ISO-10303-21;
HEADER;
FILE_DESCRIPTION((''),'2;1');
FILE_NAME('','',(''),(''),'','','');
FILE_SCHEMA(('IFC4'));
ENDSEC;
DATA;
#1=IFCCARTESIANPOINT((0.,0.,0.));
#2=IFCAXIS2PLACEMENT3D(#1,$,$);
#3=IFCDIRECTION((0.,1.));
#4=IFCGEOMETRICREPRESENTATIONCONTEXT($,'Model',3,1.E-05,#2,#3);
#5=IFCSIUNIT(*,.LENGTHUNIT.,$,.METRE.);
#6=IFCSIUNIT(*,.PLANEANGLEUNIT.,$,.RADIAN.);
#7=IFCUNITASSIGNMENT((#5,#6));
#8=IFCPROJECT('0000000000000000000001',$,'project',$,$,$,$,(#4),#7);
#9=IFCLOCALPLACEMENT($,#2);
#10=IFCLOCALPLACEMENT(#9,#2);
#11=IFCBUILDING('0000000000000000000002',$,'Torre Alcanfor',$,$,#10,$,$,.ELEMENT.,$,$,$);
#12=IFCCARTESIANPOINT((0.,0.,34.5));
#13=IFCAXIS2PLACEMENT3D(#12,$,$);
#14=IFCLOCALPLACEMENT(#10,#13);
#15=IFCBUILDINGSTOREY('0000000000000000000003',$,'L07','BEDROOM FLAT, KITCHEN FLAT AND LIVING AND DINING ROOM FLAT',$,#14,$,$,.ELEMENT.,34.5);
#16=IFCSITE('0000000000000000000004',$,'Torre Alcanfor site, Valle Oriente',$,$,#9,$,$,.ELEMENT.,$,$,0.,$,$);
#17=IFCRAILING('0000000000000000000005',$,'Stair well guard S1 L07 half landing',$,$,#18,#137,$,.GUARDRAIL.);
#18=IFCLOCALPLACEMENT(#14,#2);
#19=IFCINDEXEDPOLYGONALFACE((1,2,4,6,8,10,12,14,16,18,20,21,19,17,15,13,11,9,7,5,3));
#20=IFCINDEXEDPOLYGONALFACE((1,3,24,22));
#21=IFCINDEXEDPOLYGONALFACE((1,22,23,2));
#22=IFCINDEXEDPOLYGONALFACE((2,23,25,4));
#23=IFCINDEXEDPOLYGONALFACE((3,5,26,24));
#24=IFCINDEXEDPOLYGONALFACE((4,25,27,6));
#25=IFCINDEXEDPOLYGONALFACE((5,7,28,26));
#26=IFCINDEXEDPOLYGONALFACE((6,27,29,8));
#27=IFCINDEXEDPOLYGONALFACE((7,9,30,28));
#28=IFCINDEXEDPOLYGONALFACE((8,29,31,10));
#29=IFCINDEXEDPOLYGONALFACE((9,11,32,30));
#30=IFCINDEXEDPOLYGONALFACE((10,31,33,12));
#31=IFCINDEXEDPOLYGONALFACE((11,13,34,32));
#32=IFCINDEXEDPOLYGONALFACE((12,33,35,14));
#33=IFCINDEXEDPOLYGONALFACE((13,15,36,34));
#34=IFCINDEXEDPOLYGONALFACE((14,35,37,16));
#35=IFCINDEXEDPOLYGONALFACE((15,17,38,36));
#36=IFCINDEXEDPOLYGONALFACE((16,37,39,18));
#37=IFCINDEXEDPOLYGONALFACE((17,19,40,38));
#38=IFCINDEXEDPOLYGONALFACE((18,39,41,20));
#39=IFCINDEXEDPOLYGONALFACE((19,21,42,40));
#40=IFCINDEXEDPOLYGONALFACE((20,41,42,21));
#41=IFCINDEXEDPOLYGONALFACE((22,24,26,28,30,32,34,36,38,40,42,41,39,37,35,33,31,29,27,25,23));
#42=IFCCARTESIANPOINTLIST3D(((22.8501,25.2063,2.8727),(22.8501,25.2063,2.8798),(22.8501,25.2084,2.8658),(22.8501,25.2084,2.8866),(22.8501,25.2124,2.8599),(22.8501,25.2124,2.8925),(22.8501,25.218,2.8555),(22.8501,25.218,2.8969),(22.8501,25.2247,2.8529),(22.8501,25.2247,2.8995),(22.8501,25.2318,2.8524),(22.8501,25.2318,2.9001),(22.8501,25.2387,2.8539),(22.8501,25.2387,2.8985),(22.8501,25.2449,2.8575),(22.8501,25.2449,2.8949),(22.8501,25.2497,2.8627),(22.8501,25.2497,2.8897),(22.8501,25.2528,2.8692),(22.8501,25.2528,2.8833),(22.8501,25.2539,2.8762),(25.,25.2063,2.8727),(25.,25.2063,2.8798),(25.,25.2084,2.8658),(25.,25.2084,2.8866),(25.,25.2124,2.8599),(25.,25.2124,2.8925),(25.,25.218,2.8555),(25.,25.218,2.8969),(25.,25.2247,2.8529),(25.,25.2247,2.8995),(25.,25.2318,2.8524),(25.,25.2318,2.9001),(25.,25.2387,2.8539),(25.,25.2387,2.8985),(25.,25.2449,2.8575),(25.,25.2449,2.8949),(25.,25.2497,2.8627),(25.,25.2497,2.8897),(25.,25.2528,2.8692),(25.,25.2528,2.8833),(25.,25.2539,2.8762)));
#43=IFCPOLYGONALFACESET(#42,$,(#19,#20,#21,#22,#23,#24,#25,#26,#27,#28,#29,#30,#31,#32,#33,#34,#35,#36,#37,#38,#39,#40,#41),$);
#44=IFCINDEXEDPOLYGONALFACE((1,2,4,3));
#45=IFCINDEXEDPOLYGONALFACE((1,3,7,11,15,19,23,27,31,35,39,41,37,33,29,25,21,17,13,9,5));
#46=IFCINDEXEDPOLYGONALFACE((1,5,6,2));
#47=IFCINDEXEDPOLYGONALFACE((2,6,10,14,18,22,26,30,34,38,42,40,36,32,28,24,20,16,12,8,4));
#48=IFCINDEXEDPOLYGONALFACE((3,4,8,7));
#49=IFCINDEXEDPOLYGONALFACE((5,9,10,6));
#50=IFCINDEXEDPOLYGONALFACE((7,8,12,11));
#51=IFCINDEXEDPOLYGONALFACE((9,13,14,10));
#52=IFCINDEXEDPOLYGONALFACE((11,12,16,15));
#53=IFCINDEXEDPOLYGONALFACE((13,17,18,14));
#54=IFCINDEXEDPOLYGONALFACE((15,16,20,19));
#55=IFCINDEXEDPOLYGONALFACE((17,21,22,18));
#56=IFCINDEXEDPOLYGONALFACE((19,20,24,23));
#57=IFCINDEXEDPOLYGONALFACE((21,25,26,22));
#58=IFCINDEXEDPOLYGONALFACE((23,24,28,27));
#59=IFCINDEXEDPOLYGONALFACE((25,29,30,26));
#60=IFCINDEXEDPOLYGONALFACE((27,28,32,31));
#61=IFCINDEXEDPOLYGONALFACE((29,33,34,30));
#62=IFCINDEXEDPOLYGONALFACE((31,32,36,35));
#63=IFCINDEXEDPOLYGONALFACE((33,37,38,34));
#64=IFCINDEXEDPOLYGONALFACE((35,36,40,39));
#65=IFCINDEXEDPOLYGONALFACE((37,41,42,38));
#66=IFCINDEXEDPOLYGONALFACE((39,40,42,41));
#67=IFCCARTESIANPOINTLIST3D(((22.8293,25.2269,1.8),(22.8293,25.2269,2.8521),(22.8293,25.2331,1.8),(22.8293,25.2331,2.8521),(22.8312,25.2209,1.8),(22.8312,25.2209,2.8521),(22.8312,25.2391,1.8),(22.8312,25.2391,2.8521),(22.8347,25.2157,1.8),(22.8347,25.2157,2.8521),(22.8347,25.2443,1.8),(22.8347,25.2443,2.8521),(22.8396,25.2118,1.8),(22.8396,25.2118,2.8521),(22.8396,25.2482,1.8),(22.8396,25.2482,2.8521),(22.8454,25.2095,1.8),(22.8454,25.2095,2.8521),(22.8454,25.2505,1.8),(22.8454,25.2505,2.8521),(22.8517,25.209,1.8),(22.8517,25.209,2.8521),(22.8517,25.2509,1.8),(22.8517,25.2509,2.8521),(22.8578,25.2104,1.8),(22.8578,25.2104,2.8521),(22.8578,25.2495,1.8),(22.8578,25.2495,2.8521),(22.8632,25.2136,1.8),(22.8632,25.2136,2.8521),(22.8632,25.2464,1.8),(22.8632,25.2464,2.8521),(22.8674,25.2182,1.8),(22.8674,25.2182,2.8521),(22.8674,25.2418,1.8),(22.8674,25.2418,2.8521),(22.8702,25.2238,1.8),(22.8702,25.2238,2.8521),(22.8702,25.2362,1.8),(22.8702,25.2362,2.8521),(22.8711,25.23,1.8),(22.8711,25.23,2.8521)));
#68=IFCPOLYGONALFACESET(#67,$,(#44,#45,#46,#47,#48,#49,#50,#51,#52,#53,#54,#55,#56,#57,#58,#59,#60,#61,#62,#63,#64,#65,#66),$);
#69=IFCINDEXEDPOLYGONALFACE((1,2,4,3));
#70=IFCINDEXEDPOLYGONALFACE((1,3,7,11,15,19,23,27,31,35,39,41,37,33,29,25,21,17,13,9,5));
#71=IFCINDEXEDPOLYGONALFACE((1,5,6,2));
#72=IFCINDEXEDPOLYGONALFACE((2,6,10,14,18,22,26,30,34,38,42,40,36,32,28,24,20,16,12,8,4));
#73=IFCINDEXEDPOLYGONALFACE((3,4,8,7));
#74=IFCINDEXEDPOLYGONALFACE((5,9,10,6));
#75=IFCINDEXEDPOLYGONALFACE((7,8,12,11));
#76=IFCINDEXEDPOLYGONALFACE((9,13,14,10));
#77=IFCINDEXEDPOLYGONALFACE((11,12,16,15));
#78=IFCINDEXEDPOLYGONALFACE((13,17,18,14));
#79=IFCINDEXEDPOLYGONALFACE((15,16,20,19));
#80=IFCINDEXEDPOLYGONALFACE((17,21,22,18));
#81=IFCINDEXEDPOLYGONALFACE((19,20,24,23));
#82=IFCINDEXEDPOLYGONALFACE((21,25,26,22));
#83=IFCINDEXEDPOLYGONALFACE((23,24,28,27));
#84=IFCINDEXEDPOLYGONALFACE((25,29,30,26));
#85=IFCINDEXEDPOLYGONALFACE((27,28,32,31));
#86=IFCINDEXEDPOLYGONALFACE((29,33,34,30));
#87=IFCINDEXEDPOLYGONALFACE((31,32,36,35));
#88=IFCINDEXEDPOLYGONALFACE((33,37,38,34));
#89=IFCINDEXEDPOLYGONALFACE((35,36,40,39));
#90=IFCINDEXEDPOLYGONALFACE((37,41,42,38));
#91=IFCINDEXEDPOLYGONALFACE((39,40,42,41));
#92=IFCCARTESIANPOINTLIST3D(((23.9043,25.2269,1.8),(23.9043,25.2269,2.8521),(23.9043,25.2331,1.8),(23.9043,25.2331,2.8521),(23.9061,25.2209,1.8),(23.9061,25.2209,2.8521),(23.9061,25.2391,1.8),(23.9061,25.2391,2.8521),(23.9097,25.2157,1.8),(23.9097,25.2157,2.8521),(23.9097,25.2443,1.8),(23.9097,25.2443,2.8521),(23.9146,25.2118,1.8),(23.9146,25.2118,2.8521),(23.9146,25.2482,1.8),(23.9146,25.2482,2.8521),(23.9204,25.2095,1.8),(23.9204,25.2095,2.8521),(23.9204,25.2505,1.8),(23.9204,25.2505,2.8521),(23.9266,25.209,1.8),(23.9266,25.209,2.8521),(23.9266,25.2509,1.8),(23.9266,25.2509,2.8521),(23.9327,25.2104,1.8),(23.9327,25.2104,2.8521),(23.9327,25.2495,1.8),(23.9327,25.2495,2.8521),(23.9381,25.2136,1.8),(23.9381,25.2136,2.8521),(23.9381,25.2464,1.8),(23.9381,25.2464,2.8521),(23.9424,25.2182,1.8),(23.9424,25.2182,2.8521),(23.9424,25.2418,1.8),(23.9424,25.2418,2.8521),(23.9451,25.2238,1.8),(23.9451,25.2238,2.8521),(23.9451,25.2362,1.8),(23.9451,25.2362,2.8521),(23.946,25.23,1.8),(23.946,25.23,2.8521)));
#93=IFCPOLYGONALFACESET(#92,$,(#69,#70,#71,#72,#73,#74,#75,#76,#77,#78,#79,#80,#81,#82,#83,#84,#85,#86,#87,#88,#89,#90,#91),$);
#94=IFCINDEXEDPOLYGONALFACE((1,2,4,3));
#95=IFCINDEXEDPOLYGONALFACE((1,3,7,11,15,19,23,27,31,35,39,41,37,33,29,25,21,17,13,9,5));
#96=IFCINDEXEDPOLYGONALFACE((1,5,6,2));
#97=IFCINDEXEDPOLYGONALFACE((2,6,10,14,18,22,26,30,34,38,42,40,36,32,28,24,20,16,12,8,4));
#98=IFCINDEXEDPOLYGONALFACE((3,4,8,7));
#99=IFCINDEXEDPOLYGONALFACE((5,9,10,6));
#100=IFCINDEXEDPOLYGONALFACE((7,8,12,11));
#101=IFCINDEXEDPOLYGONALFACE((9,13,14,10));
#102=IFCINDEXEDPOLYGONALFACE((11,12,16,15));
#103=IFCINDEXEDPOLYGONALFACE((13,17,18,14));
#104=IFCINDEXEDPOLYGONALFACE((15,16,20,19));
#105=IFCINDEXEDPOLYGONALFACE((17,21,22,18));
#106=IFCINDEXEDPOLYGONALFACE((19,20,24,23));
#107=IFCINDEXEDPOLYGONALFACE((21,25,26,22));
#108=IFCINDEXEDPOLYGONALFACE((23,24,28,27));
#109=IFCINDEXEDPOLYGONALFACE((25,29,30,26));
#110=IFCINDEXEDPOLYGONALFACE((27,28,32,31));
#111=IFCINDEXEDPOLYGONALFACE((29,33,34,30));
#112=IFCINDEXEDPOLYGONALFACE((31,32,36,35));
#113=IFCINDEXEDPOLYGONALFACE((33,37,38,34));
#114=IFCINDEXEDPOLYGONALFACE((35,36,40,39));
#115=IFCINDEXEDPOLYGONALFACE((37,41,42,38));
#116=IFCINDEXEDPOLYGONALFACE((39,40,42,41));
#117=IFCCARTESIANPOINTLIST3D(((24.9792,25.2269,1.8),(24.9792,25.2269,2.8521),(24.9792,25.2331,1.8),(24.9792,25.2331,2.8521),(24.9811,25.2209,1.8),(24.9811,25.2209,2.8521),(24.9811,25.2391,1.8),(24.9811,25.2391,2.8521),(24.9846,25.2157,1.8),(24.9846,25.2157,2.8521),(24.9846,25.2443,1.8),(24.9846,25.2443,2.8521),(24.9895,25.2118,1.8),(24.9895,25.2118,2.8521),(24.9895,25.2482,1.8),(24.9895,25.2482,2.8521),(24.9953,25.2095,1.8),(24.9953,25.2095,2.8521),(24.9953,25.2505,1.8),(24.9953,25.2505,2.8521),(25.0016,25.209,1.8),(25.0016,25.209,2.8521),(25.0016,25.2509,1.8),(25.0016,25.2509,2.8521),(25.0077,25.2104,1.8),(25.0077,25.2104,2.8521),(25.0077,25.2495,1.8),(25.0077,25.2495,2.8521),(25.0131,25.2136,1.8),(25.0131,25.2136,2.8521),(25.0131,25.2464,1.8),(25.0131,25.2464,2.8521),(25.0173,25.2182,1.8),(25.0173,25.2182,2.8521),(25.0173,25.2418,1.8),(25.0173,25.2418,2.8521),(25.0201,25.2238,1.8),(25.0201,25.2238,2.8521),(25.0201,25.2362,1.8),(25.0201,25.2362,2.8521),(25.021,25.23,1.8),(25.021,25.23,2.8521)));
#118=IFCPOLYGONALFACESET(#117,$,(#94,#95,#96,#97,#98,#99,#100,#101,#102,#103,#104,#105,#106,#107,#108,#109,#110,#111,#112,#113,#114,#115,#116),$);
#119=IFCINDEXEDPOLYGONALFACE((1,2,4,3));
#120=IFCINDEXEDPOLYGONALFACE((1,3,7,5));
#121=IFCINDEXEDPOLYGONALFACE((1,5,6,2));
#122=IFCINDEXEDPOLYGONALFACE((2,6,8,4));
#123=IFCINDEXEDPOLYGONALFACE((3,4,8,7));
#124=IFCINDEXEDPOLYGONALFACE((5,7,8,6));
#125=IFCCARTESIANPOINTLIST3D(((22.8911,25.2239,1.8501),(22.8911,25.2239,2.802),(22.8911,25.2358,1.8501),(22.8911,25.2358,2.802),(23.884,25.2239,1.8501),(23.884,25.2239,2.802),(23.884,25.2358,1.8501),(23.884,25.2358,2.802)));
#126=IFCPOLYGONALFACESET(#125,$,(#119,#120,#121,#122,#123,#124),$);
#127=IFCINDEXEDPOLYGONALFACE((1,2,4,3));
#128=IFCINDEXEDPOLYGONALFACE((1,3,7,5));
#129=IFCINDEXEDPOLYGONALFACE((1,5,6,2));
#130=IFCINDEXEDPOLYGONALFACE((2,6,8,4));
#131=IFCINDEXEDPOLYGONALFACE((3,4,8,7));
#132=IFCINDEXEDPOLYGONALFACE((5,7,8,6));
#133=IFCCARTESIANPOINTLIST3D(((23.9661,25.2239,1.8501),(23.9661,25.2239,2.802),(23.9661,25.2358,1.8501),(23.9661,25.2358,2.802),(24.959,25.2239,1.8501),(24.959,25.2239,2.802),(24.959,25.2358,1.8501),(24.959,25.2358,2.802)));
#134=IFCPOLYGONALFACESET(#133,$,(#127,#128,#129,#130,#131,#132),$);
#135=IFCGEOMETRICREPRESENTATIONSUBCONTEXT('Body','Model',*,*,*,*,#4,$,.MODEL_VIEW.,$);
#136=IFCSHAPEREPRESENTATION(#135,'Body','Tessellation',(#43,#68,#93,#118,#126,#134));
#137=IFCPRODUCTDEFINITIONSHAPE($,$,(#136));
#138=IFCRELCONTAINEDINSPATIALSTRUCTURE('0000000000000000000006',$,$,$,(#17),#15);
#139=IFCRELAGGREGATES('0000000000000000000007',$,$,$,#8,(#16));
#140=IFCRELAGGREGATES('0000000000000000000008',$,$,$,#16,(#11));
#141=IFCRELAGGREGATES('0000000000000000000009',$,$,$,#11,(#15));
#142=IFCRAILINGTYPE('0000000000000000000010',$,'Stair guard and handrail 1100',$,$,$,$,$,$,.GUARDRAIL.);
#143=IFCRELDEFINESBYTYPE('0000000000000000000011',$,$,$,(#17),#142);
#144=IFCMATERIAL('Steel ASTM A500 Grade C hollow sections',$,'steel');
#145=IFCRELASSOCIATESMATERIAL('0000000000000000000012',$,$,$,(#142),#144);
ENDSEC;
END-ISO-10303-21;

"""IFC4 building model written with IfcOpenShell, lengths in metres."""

from ifc_helpers import new_model, si_unit, direction, frame, origin, origin_2d, place, context, subcontext, project, spatial, polyline, circle, outline, extrude, material, type_object, element, save


model = new_model("IFC4")

# Units and contexts
model_context = context("Model", 3, precision=1e-05, world=origin(), true_north=direction((0.0, 1.0)))
body_context = subcontext(model_context, "Body", "Model", "MODEL_VIEW")
ifc_project = project(units=[si_unit("LENGTHUNIT", "METRE"), si_unit("PLANEANGLEUNIT", "RADIAN")], contexts=[model_context])

# Site, building, storey
site_placement = place(None, origin())
site = spatial("IfcSite", under=ifc_project, at=site_placement, Name="Torre Alcanfor site, Valle Oriente", CompositionType="ELEMENT", RefElevation=0.0)
building_placement = place(site_placement, origin())
building = spatial("IfcBuilding", under=site, at=building_placement, Name="Torre Alcanfor", CompositionType="ELEMENT")
storey_placement = place(building_placement, frame((0.0, 0.0, 34.5)))
storey = spatial("IfcBuildingStorey", under=building, at=storey_placement, Name="L07", Description="BEDROOM FLAT, KITCHEN FLAT AND LIVING AND DINING ROOM FLAT", CompositionType="ELEMENT", Elevation=34.5)

# Railing
ifc_material_1 = material(Name="Steel ASTM A500 Grade C hollow sections", Category="steel")
railing_type_1 = type_object("IfcRailingType", Name="Stair guard and handrail 1100", PredefinedType="GUARDRAIL", material=ifc_material_1)
for number, where, name in (
    (1, (22.8501, 25.23, 1.8), "Stair well guard S1 L07 half landing"),
):
    element("IfcRailing", number, at=place(storey_placement, frame(where)), inside=storey, type_object=railing_type_1, Name=name, PredefinedType="GUARDRAIL", context=body_context, shape_type="SweptSolid", body=[
        extrude(circle(Radius=0.0239, at=origin_2d()), frame((0.0, 0.0, 1.0762), z_axis=(1.0, 0.0, 0.0), x_axis=(0.0, 1.0, 0.0)), (0.0, 0.0, 1.0), 2.1499),
        extrude(circle(Radius=0.021, at=origin_2d()), origin(), (0.0, 0.0, 1.0), 1.052),
        extrude(circle(Radius=0.021, at=origin_2d()), frame((1.075, 0.0, 0.0)), (0.0, 0.0, 1.0), 1.052),
        extrude(circle(Radius=0.021, at=origin_2d()), frame((2.1499, 0.0, 0.0)), (0.0, 0.0, 1.0), 1.052),
        extrude(outline(polyline([(0.041, 0.05), (1.0339, 0.05), (1.0339, 1.002), (0.041, 1.002), (0.041, 0.05)])), frame((0.0, 0.0059, 0.0), z_axis=(0.0, -1.0, 0.0), x_axis=(1.0, 0.0, 0.0)), (0.0, 0.0, 1.0), 0.012),
        extrude(outline(polyline([(1.116, 0.05), (2.1089, 0.05), (2.1089, 1.002), (1.116, 1.002), (1.116, 0.05)])), frame((0.0, 0.0059, 0.0), z_axis=(0.0, -1.0, 0.0), x_axis=(1.0, 0.0, 0.0)), (0.0, 0.0, 1.0), 0.012),
    ])

save(model, "model.ifc")
